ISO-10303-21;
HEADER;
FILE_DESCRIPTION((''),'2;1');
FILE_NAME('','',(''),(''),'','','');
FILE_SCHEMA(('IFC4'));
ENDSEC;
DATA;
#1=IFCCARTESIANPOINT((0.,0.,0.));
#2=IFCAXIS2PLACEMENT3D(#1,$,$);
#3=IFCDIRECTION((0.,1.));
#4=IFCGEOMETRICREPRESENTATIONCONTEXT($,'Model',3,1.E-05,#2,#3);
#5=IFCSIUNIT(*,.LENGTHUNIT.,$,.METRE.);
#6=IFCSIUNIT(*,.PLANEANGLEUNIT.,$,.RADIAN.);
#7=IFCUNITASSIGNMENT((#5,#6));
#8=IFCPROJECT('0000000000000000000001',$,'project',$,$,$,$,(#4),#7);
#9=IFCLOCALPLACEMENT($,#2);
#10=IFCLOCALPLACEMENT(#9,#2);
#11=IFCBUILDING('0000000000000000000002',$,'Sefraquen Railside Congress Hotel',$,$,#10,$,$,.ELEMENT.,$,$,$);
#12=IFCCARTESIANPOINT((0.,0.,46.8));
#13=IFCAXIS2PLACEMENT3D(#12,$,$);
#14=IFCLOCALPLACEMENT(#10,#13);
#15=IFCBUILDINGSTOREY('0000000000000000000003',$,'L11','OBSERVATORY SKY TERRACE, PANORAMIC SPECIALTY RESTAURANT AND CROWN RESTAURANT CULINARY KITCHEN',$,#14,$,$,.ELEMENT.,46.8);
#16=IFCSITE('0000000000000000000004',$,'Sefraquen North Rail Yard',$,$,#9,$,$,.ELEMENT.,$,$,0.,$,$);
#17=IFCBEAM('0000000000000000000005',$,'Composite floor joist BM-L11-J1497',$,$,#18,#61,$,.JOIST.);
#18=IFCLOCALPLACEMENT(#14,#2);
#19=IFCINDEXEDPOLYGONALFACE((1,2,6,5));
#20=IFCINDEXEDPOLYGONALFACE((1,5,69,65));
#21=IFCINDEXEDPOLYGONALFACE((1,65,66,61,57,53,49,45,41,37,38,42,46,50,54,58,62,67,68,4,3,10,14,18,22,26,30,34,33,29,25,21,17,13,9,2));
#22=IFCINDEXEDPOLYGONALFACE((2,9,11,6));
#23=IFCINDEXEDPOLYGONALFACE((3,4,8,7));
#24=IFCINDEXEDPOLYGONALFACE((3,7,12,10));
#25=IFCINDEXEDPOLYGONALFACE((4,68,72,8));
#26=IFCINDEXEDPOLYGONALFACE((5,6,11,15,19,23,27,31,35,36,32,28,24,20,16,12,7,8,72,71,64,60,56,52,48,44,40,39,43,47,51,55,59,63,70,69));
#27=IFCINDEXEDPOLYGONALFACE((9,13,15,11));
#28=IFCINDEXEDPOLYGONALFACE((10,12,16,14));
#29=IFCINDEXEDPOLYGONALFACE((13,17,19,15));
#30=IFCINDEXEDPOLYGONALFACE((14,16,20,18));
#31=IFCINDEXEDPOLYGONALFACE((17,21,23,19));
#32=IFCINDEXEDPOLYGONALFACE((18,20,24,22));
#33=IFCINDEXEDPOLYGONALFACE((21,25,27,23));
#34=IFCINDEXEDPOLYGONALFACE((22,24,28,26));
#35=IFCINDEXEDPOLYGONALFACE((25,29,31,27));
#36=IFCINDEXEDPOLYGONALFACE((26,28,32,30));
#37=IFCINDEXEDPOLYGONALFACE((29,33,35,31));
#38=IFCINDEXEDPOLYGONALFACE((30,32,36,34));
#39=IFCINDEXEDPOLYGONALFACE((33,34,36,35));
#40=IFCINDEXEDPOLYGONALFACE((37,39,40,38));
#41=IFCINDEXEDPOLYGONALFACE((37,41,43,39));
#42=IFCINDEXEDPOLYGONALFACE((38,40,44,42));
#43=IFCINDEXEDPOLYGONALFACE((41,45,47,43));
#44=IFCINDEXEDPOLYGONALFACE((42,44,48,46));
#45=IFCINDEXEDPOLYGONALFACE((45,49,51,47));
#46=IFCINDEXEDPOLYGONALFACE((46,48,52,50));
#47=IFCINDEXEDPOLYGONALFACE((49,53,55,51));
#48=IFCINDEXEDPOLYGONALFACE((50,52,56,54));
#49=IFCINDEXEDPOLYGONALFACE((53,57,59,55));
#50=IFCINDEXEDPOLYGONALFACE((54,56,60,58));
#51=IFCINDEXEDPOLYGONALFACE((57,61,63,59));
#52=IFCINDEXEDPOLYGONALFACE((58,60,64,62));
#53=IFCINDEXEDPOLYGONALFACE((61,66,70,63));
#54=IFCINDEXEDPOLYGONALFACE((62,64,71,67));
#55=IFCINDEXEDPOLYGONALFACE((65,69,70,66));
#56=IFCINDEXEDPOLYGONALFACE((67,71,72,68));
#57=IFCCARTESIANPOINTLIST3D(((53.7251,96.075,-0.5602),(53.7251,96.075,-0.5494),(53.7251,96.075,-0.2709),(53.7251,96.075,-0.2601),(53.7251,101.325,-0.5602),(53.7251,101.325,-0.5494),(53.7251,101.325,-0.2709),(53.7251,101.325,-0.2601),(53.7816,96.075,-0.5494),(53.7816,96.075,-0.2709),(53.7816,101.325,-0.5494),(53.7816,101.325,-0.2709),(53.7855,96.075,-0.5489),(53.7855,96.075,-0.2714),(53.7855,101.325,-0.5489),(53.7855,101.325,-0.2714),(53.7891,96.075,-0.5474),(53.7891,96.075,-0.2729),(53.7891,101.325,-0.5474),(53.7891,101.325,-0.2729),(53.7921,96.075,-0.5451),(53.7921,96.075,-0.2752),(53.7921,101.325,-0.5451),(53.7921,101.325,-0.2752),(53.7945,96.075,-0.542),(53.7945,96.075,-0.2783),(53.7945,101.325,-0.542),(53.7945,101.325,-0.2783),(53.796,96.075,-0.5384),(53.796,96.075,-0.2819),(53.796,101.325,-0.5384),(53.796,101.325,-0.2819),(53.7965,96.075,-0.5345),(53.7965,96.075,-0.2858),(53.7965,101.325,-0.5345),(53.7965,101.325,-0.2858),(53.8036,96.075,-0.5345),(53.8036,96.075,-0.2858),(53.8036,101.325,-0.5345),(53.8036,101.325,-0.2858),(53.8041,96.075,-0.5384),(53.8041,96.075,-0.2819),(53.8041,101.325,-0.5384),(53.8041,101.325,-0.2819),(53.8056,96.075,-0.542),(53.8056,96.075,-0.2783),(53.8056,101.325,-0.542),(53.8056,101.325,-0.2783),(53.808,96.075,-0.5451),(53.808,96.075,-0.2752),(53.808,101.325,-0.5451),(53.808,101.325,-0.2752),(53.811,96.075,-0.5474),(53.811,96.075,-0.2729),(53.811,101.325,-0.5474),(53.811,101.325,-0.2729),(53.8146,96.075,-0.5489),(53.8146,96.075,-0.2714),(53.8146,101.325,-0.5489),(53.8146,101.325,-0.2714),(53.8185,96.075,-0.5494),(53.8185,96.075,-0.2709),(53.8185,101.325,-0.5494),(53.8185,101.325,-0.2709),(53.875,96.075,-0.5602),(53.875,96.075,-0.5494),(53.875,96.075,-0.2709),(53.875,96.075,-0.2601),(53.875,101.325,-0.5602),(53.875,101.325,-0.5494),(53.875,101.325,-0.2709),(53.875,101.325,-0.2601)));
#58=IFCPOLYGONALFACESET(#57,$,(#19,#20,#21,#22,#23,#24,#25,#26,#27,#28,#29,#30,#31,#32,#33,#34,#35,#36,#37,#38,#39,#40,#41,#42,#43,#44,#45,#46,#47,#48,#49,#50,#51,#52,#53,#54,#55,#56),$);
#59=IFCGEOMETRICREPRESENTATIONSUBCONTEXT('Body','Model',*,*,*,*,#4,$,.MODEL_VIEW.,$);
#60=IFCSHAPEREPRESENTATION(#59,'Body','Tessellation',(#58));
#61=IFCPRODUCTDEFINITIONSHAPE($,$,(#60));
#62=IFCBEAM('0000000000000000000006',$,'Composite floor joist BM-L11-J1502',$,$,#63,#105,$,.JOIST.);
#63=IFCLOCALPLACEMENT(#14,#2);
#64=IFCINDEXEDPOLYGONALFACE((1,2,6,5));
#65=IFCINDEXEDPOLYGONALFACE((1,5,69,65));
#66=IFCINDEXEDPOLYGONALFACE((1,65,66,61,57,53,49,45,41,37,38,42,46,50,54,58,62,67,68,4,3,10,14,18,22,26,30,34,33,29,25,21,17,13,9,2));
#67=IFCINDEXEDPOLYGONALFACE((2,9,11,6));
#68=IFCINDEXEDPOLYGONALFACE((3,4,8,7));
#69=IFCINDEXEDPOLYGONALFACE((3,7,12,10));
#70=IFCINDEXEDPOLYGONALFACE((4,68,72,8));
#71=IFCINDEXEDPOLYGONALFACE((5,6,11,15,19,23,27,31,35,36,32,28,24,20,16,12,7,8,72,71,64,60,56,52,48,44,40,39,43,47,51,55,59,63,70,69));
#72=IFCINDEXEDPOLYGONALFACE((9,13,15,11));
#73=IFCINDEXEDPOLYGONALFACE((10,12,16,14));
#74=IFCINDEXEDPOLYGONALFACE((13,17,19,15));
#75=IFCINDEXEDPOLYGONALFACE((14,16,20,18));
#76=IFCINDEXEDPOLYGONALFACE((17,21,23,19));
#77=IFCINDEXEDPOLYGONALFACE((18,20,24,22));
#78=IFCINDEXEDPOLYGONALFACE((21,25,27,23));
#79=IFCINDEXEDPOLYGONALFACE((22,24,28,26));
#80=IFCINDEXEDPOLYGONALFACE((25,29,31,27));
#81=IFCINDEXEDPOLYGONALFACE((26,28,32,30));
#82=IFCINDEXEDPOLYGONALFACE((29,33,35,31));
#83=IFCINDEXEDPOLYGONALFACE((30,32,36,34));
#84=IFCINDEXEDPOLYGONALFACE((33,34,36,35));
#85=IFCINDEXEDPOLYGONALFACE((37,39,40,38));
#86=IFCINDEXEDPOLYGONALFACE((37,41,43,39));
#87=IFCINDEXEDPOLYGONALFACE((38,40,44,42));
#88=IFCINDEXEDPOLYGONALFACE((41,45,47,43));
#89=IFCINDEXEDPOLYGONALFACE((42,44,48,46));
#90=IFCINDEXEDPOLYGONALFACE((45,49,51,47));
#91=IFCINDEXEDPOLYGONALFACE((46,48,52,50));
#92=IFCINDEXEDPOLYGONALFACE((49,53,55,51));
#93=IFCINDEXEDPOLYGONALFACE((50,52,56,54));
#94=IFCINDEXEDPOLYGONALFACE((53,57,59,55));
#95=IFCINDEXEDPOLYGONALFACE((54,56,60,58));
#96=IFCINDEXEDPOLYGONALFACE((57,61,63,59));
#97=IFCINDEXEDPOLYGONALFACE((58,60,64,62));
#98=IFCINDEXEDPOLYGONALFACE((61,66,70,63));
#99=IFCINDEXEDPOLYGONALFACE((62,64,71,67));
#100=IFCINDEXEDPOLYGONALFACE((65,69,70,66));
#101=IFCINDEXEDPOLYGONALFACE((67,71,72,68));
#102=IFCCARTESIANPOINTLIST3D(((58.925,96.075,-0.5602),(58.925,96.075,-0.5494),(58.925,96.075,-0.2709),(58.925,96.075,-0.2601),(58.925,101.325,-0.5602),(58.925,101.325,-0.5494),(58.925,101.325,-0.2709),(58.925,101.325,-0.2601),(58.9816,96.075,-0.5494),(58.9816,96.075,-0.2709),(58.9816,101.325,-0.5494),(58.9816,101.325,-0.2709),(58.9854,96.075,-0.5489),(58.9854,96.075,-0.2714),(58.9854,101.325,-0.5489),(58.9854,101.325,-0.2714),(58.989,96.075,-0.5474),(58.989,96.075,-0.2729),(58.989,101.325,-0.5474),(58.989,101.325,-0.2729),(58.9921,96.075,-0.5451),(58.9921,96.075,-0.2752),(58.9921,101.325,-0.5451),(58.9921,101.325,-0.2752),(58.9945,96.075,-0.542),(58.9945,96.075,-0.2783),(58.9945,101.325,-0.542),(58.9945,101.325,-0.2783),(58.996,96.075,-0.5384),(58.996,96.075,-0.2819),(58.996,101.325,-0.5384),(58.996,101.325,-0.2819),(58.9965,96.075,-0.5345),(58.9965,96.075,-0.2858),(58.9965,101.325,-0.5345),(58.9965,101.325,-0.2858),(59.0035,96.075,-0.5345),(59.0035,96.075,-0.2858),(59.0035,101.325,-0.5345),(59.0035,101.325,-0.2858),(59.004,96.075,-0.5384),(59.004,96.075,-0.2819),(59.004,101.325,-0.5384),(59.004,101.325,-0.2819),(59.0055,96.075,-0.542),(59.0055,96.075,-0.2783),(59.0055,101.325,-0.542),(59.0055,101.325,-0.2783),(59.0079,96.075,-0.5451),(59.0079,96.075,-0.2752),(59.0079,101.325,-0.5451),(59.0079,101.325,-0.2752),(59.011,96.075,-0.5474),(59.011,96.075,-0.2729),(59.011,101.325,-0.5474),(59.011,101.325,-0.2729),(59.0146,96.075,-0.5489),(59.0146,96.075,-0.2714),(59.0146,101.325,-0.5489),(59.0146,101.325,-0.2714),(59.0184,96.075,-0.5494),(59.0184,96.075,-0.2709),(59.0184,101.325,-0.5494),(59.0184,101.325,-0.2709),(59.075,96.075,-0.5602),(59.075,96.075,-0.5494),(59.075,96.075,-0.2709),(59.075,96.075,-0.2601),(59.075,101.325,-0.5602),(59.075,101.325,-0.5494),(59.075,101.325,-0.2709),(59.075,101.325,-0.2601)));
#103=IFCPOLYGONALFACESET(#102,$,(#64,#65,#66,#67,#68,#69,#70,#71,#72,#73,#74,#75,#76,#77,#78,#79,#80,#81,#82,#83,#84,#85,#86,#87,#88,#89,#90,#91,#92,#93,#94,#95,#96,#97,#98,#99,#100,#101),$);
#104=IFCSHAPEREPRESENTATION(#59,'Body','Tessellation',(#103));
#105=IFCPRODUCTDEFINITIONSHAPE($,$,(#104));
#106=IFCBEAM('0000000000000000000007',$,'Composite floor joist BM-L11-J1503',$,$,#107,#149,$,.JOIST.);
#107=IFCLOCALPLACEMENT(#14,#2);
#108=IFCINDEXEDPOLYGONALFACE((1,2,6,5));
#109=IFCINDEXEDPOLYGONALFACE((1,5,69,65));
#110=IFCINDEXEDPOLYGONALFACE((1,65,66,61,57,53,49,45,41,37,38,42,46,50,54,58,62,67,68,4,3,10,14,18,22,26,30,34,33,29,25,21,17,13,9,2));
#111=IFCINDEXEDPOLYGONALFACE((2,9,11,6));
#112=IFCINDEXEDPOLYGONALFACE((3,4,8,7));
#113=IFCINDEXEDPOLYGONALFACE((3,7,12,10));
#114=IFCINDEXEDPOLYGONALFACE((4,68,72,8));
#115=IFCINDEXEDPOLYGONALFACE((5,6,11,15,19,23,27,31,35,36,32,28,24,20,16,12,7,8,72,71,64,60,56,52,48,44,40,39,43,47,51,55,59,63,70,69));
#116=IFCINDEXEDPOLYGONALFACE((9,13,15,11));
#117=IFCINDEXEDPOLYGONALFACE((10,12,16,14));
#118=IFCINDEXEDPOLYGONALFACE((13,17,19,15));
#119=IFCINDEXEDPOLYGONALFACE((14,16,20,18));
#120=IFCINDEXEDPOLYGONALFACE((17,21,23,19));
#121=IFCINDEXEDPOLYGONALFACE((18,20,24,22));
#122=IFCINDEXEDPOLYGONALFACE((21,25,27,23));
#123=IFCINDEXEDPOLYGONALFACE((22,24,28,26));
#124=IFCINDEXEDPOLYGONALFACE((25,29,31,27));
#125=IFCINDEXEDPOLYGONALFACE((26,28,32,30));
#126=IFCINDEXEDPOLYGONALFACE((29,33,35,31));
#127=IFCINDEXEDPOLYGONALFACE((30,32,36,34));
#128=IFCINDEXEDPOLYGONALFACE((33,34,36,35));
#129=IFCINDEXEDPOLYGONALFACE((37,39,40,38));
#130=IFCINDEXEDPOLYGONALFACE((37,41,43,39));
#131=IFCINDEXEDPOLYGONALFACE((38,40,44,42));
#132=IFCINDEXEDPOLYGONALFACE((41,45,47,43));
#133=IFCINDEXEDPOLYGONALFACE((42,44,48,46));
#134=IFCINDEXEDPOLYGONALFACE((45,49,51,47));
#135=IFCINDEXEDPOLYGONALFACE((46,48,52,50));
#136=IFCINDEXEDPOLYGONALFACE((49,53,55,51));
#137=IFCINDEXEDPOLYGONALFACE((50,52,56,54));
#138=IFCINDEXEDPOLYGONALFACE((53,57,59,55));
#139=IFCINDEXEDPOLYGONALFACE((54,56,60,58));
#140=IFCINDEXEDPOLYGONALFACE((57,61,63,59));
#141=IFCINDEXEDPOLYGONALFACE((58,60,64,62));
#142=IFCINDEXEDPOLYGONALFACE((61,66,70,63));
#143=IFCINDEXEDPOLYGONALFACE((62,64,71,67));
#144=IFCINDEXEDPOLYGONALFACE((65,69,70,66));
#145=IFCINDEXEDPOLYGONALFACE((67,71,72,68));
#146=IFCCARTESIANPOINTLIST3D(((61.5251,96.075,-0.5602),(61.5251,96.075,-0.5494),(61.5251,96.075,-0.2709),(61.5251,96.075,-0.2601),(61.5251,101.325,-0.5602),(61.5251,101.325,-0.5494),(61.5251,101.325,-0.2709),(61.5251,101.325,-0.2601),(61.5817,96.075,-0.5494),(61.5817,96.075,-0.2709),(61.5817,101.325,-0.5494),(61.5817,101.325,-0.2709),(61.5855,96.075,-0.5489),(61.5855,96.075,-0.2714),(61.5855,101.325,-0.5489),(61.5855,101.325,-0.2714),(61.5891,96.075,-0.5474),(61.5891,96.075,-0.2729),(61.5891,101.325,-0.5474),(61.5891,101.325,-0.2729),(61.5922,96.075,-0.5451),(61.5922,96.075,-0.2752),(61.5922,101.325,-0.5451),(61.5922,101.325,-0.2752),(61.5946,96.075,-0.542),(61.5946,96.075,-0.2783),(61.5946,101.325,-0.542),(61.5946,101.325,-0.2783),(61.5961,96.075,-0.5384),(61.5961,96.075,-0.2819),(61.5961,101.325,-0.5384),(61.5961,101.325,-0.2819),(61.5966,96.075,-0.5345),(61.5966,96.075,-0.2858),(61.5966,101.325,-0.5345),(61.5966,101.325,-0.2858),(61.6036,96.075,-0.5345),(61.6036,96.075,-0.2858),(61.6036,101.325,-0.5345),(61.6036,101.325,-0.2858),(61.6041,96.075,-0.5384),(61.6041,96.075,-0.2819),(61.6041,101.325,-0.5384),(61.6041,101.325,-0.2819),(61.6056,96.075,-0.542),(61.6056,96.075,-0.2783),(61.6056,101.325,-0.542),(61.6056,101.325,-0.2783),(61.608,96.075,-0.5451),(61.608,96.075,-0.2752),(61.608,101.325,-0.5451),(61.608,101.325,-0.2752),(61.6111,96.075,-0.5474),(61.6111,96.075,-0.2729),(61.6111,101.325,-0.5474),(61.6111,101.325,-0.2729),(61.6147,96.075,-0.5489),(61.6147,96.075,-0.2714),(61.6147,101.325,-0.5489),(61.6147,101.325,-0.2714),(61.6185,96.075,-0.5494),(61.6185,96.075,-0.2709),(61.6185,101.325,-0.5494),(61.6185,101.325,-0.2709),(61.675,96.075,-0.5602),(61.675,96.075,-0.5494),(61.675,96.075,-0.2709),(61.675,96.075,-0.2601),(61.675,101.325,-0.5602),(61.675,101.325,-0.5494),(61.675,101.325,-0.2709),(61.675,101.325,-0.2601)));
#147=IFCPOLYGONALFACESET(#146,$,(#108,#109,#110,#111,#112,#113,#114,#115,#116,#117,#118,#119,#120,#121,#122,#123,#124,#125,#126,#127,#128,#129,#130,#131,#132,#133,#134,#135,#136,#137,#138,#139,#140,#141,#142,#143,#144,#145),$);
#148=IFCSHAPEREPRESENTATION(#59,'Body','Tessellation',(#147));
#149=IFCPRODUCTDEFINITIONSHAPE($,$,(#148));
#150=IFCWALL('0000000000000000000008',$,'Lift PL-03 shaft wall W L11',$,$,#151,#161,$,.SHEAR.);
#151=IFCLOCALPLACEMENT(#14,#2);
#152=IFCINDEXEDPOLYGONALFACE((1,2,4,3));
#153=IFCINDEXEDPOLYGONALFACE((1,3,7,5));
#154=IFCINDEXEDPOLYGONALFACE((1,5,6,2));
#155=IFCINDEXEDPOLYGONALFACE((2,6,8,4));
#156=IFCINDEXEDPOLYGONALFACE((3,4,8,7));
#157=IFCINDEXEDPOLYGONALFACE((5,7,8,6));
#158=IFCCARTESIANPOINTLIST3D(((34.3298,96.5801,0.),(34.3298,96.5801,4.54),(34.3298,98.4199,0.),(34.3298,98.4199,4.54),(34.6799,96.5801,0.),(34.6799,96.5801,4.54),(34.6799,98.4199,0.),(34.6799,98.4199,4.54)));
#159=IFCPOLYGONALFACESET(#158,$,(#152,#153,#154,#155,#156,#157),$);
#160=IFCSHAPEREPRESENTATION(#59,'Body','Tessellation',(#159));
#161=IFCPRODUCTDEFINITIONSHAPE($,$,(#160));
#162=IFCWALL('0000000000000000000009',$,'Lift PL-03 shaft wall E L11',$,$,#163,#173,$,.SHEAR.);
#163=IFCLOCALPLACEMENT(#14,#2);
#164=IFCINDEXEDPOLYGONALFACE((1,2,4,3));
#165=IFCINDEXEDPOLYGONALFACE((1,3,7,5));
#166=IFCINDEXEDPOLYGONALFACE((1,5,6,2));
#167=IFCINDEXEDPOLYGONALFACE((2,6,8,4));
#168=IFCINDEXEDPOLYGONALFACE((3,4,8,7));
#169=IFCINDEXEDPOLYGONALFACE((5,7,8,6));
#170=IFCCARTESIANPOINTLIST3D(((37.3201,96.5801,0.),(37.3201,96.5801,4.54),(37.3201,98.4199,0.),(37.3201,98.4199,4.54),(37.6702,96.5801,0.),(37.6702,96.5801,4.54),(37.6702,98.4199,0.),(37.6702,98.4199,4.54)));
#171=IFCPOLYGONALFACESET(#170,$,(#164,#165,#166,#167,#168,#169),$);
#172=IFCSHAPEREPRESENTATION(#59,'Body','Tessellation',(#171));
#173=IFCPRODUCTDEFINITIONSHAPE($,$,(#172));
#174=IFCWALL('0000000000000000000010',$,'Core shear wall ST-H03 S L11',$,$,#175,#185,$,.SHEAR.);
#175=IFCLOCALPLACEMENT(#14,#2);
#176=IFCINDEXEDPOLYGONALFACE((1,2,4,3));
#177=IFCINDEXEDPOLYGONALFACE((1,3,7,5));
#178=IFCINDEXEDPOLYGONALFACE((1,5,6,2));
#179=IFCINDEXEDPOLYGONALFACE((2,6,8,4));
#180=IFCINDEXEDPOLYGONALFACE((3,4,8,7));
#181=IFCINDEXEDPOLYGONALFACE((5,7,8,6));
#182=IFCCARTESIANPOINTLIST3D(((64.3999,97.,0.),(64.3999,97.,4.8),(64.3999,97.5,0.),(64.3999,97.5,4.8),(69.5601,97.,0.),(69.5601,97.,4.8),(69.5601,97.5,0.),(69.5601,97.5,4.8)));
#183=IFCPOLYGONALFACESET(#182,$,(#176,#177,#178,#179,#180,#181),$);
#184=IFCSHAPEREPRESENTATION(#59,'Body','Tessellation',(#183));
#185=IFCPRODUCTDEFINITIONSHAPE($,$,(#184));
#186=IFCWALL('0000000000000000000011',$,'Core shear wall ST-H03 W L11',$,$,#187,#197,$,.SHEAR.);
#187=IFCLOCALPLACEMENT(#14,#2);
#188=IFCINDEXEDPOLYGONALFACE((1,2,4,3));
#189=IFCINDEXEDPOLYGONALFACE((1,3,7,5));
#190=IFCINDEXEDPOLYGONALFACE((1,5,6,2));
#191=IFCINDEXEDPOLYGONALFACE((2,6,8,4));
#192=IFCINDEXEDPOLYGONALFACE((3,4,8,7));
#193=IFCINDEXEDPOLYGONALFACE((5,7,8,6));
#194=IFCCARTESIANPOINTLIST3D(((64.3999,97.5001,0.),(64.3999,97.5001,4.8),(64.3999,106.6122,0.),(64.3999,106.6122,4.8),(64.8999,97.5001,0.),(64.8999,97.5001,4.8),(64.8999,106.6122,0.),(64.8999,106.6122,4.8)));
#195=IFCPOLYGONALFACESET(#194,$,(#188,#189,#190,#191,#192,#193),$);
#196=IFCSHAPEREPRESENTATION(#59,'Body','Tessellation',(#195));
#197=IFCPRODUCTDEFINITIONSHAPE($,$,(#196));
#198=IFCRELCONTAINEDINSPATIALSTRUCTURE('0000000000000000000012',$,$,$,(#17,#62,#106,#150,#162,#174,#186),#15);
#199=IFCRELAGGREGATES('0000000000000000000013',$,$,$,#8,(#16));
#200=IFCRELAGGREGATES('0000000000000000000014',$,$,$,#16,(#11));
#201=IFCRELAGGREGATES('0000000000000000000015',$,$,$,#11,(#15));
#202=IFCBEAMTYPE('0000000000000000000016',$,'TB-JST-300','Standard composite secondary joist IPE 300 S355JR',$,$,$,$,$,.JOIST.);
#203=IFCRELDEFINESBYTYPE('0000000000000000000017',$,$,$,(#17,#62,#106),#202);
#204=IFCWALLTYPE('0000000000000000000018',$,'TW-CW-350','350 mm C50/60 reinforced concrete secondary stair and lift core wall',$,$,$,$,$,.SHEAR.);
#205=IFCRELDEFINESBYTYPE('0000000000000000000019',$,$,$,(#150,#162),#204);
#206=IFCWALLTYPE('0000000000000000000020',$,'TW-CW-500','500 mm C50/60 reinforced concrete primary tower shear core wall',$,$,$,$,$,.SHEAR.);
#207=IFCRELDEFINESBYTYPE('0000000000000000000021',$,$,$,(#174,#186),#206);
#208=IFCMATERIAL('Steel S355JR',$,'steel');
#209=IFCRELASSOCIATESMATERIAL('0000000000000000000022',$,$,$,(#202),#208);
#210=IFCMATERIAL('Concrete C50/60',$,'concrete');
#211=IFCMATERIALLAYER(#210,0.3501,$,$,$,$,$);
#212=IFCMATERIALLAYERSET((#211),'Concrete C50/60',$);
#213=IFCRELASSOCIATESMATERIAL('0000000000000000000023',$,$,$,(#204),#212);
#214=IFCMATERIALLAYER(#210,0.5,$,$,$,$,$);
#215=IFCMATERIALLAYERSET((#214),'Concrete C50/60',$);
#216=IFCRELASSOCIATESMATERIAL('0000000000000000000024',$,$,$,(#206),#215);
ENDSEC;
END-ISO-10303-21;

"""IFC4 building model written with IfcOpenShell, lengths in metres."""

from ifc_helpers import new_model, si_unit, direction, frame, frame_2d, origin, origin_2d, place, context, subcontext, project, spatial, rectangle, i_section, extrude, material, layer, layer_set, material_profile, profile_set, type_object, element, save


model = new_model("IFC4")

# Units and contexts
model_context = context("Model", 3, precision=1e-05, world=origin(), true_north=direction((0.0, 1.0)))
body_context = subcontext(model_context, "Body", "Model", "MODEL_VIEW")
ifc_project = project(units=[si_unit("LENGTHUNIT", "METRE"), si_unit("PLANEANGLEUNIT", "RADIAN")], contexts=[model_context])

# Site, building, storey
site_placement = place(None, origin())
site = spatial("IfcSite", under=ifc_project, at=site_placement, Name="Sefraquen North Rail Yard", CompositionType="ELEMENT", RefElevation=0.0)
building_placement = place(site_placement, origin())
building = spatial("IfcBuilding", under=site, at=building_placement, Name="Sefraquen Railside Congress Hotel", CompositionType="ELEMENT")
storey_placement = place(building_placement, frame((0.0, 0.0, 46.8)))
storey = spatial("IfcBuildingStorey", under=building, at=storey_placement, Name="L11", Description="OBSERVATORY SKY TERRACE, PANORAMIC SPECIALTY RESTAURANT AND CROWN RESTAURANT CULINARY KITCHEN", CompositionType="ELEMENT", Elevation=46.8)

# Shared definitions
ifc_material_1 = material(Name="Steel S355JR", Category="steel")

# Beams
ifc_material_profile_1 = material_profile(ifc_material_1, i_section(OverallWidth=0.1499, OverallDepth=0.3, WebThickness=0.0071, FlangeThickness=0.0107, FilletRadius=0.0149, at=origin_2d()), Name="IPE 300")
ifc_profile_set_1 = profile_set([ifc_material_profile_1], Name="Steel S355JR")
beam_type_1 = type_object("IfcBeamType", Name="TB-JST-300", Description="Standard composite secondary joist IPE 300 S355JR", PredefinedType="JOIST", material=ifc_profile_set_1)
for number, where, z_axis, x_axis, name in (
    (1, (53.8, 96.075, -0.4102), (0.0, 1.0, 0.0), (-1.0, 0.0, 0.0), "Composite floor joist BM-L11-J1497"),
    (2, (59.0, 96.075, -0.4102), (0.0, 1.0, 0.0), (-1.0, 0.0, 0.0), "Composite floor joist BM-L11-J1502"),
    (3, (61.6001, 96.075, -0.4102), (0.0, 1.0, 0.0), (-1.0, 0.0, 0.0), "Composite floor joist BM-L11-J1503"),
):
    element("IfcBeam", number, at=place(storey_placement, frame(where, z_axis=z_axis, x_axis=x_axis)), inside=storey, type_object=beam_type_1, Name=name, PredefinedType="JOIST", context=body_context, shape_type="SweptSolid", body=[
        extrude(i_section(OverallWidth=0.1499, OverallDepth=0.3, WebThickness=0.0071, FlangeThickness=0.0107, FilletRadius=0.0149, at=origin_2d()), origin(), (0.0, 0.0, 1.0), 5.25),
    ])

# Walls
ifc_material_2 = material(Name="Concrete C50/60", Category="concrete")
ifc_layer_1 = layer(ifc_material_2, 0.3501)
ifc_layer_set_1 = layer_set([ifc_layer_1], Name="Concrete C50/60")
wall_type_1 = type_object("IfcWallType", Name="TW-CW-350", Description="350 mm C50/60 reinforced concrete secondary stair and lift core wall", PredefinedType="SHEAR", material=ifc_layer_set_1)
for number, where, z_axis, x_axis, name in (
    (4, (34.5049, 96.5801, 0.0), (0.0, 0.0, 1.0), (0.0, 1.0, 0.0), "Lift PL-03 shaft wall W L11"),
    (5, (37.4951, 96.5801, 0.0), (0.0, 0.0, 1.0), (0.0, 1.0, 0.0), "Lift PL-03 shaft wall E L11"),
):
    element("IfcWall", number, at=place(storey_placement, frame(where, z_axis=z_axis, x_axis=x_axis)), inside=storey, type_object=wall_type_1, Name=name, PredefinedType="SHEAR", context=body_context, shape_type="SweptSolid", body=[
        extrude(rectangle(XDim=1.8398, YDim=0.3501, at=frame_2d((0.9199, 0.0))), origin(), (0.0, 0.0, 1.0), 4.54),
    ])
ifc_layer_2 = layer(ifc_material_2, 0.5)
ifc_layer_set_2 = layer_set([ifc_layer_2], Name="Concrete C50/60")
wall_type_2 = type_object("IfcWallType", Name="TW-CW-500", Description="500 mm C50/60 reinforced concrete primary tower shear core wall", PredefinedType="SHEAR", material=ifc_layer_set_2)
wall_1_placement = place(storey_placement, frame((64.3999, 97.25, 0.0), z_axis=(0.0, 0.0, 1.0), x_axis=(1.0, 0.0, 0.0)))
element("IfcWall", 6, at=wall_1_placement, inside=storey, type_object=wall_type_2, Name="Core shear wall ST-H03 S L11", PredefinedType="SHEAR", context=body_context, shape_type="SweptSolid", body=[
    extrude(rectangle(XDim=5.1602, YDim=0.5, at=frame_2d((2.5801, 0.0))), origin(), (0.0, 0.0, 1.0), 4.8),
])
wall_2_placement = place(storey_placement, frame((64.6499, 97.5, 0.0), z_axis=(0.0, 0.0, 1.0), x_axis=(0.0, 1.0, 0.0)))
element("IfcWall", 7, at=wall_2_placement, inside=storey, type_object=wall_type_2, Name="Core shear wall ST-H03 W L11", PredefinedType="SHEAR", context=body_context, shape_type="SweptSolid", body=[
    extrude(rectangle(XDim=9.1121, YDim=0.5, at=frame_2d((4.5562, 0.0))), origin(), (0.0, 0.0, 1.0), 4.8),
])

save(model, "model.ifc")
